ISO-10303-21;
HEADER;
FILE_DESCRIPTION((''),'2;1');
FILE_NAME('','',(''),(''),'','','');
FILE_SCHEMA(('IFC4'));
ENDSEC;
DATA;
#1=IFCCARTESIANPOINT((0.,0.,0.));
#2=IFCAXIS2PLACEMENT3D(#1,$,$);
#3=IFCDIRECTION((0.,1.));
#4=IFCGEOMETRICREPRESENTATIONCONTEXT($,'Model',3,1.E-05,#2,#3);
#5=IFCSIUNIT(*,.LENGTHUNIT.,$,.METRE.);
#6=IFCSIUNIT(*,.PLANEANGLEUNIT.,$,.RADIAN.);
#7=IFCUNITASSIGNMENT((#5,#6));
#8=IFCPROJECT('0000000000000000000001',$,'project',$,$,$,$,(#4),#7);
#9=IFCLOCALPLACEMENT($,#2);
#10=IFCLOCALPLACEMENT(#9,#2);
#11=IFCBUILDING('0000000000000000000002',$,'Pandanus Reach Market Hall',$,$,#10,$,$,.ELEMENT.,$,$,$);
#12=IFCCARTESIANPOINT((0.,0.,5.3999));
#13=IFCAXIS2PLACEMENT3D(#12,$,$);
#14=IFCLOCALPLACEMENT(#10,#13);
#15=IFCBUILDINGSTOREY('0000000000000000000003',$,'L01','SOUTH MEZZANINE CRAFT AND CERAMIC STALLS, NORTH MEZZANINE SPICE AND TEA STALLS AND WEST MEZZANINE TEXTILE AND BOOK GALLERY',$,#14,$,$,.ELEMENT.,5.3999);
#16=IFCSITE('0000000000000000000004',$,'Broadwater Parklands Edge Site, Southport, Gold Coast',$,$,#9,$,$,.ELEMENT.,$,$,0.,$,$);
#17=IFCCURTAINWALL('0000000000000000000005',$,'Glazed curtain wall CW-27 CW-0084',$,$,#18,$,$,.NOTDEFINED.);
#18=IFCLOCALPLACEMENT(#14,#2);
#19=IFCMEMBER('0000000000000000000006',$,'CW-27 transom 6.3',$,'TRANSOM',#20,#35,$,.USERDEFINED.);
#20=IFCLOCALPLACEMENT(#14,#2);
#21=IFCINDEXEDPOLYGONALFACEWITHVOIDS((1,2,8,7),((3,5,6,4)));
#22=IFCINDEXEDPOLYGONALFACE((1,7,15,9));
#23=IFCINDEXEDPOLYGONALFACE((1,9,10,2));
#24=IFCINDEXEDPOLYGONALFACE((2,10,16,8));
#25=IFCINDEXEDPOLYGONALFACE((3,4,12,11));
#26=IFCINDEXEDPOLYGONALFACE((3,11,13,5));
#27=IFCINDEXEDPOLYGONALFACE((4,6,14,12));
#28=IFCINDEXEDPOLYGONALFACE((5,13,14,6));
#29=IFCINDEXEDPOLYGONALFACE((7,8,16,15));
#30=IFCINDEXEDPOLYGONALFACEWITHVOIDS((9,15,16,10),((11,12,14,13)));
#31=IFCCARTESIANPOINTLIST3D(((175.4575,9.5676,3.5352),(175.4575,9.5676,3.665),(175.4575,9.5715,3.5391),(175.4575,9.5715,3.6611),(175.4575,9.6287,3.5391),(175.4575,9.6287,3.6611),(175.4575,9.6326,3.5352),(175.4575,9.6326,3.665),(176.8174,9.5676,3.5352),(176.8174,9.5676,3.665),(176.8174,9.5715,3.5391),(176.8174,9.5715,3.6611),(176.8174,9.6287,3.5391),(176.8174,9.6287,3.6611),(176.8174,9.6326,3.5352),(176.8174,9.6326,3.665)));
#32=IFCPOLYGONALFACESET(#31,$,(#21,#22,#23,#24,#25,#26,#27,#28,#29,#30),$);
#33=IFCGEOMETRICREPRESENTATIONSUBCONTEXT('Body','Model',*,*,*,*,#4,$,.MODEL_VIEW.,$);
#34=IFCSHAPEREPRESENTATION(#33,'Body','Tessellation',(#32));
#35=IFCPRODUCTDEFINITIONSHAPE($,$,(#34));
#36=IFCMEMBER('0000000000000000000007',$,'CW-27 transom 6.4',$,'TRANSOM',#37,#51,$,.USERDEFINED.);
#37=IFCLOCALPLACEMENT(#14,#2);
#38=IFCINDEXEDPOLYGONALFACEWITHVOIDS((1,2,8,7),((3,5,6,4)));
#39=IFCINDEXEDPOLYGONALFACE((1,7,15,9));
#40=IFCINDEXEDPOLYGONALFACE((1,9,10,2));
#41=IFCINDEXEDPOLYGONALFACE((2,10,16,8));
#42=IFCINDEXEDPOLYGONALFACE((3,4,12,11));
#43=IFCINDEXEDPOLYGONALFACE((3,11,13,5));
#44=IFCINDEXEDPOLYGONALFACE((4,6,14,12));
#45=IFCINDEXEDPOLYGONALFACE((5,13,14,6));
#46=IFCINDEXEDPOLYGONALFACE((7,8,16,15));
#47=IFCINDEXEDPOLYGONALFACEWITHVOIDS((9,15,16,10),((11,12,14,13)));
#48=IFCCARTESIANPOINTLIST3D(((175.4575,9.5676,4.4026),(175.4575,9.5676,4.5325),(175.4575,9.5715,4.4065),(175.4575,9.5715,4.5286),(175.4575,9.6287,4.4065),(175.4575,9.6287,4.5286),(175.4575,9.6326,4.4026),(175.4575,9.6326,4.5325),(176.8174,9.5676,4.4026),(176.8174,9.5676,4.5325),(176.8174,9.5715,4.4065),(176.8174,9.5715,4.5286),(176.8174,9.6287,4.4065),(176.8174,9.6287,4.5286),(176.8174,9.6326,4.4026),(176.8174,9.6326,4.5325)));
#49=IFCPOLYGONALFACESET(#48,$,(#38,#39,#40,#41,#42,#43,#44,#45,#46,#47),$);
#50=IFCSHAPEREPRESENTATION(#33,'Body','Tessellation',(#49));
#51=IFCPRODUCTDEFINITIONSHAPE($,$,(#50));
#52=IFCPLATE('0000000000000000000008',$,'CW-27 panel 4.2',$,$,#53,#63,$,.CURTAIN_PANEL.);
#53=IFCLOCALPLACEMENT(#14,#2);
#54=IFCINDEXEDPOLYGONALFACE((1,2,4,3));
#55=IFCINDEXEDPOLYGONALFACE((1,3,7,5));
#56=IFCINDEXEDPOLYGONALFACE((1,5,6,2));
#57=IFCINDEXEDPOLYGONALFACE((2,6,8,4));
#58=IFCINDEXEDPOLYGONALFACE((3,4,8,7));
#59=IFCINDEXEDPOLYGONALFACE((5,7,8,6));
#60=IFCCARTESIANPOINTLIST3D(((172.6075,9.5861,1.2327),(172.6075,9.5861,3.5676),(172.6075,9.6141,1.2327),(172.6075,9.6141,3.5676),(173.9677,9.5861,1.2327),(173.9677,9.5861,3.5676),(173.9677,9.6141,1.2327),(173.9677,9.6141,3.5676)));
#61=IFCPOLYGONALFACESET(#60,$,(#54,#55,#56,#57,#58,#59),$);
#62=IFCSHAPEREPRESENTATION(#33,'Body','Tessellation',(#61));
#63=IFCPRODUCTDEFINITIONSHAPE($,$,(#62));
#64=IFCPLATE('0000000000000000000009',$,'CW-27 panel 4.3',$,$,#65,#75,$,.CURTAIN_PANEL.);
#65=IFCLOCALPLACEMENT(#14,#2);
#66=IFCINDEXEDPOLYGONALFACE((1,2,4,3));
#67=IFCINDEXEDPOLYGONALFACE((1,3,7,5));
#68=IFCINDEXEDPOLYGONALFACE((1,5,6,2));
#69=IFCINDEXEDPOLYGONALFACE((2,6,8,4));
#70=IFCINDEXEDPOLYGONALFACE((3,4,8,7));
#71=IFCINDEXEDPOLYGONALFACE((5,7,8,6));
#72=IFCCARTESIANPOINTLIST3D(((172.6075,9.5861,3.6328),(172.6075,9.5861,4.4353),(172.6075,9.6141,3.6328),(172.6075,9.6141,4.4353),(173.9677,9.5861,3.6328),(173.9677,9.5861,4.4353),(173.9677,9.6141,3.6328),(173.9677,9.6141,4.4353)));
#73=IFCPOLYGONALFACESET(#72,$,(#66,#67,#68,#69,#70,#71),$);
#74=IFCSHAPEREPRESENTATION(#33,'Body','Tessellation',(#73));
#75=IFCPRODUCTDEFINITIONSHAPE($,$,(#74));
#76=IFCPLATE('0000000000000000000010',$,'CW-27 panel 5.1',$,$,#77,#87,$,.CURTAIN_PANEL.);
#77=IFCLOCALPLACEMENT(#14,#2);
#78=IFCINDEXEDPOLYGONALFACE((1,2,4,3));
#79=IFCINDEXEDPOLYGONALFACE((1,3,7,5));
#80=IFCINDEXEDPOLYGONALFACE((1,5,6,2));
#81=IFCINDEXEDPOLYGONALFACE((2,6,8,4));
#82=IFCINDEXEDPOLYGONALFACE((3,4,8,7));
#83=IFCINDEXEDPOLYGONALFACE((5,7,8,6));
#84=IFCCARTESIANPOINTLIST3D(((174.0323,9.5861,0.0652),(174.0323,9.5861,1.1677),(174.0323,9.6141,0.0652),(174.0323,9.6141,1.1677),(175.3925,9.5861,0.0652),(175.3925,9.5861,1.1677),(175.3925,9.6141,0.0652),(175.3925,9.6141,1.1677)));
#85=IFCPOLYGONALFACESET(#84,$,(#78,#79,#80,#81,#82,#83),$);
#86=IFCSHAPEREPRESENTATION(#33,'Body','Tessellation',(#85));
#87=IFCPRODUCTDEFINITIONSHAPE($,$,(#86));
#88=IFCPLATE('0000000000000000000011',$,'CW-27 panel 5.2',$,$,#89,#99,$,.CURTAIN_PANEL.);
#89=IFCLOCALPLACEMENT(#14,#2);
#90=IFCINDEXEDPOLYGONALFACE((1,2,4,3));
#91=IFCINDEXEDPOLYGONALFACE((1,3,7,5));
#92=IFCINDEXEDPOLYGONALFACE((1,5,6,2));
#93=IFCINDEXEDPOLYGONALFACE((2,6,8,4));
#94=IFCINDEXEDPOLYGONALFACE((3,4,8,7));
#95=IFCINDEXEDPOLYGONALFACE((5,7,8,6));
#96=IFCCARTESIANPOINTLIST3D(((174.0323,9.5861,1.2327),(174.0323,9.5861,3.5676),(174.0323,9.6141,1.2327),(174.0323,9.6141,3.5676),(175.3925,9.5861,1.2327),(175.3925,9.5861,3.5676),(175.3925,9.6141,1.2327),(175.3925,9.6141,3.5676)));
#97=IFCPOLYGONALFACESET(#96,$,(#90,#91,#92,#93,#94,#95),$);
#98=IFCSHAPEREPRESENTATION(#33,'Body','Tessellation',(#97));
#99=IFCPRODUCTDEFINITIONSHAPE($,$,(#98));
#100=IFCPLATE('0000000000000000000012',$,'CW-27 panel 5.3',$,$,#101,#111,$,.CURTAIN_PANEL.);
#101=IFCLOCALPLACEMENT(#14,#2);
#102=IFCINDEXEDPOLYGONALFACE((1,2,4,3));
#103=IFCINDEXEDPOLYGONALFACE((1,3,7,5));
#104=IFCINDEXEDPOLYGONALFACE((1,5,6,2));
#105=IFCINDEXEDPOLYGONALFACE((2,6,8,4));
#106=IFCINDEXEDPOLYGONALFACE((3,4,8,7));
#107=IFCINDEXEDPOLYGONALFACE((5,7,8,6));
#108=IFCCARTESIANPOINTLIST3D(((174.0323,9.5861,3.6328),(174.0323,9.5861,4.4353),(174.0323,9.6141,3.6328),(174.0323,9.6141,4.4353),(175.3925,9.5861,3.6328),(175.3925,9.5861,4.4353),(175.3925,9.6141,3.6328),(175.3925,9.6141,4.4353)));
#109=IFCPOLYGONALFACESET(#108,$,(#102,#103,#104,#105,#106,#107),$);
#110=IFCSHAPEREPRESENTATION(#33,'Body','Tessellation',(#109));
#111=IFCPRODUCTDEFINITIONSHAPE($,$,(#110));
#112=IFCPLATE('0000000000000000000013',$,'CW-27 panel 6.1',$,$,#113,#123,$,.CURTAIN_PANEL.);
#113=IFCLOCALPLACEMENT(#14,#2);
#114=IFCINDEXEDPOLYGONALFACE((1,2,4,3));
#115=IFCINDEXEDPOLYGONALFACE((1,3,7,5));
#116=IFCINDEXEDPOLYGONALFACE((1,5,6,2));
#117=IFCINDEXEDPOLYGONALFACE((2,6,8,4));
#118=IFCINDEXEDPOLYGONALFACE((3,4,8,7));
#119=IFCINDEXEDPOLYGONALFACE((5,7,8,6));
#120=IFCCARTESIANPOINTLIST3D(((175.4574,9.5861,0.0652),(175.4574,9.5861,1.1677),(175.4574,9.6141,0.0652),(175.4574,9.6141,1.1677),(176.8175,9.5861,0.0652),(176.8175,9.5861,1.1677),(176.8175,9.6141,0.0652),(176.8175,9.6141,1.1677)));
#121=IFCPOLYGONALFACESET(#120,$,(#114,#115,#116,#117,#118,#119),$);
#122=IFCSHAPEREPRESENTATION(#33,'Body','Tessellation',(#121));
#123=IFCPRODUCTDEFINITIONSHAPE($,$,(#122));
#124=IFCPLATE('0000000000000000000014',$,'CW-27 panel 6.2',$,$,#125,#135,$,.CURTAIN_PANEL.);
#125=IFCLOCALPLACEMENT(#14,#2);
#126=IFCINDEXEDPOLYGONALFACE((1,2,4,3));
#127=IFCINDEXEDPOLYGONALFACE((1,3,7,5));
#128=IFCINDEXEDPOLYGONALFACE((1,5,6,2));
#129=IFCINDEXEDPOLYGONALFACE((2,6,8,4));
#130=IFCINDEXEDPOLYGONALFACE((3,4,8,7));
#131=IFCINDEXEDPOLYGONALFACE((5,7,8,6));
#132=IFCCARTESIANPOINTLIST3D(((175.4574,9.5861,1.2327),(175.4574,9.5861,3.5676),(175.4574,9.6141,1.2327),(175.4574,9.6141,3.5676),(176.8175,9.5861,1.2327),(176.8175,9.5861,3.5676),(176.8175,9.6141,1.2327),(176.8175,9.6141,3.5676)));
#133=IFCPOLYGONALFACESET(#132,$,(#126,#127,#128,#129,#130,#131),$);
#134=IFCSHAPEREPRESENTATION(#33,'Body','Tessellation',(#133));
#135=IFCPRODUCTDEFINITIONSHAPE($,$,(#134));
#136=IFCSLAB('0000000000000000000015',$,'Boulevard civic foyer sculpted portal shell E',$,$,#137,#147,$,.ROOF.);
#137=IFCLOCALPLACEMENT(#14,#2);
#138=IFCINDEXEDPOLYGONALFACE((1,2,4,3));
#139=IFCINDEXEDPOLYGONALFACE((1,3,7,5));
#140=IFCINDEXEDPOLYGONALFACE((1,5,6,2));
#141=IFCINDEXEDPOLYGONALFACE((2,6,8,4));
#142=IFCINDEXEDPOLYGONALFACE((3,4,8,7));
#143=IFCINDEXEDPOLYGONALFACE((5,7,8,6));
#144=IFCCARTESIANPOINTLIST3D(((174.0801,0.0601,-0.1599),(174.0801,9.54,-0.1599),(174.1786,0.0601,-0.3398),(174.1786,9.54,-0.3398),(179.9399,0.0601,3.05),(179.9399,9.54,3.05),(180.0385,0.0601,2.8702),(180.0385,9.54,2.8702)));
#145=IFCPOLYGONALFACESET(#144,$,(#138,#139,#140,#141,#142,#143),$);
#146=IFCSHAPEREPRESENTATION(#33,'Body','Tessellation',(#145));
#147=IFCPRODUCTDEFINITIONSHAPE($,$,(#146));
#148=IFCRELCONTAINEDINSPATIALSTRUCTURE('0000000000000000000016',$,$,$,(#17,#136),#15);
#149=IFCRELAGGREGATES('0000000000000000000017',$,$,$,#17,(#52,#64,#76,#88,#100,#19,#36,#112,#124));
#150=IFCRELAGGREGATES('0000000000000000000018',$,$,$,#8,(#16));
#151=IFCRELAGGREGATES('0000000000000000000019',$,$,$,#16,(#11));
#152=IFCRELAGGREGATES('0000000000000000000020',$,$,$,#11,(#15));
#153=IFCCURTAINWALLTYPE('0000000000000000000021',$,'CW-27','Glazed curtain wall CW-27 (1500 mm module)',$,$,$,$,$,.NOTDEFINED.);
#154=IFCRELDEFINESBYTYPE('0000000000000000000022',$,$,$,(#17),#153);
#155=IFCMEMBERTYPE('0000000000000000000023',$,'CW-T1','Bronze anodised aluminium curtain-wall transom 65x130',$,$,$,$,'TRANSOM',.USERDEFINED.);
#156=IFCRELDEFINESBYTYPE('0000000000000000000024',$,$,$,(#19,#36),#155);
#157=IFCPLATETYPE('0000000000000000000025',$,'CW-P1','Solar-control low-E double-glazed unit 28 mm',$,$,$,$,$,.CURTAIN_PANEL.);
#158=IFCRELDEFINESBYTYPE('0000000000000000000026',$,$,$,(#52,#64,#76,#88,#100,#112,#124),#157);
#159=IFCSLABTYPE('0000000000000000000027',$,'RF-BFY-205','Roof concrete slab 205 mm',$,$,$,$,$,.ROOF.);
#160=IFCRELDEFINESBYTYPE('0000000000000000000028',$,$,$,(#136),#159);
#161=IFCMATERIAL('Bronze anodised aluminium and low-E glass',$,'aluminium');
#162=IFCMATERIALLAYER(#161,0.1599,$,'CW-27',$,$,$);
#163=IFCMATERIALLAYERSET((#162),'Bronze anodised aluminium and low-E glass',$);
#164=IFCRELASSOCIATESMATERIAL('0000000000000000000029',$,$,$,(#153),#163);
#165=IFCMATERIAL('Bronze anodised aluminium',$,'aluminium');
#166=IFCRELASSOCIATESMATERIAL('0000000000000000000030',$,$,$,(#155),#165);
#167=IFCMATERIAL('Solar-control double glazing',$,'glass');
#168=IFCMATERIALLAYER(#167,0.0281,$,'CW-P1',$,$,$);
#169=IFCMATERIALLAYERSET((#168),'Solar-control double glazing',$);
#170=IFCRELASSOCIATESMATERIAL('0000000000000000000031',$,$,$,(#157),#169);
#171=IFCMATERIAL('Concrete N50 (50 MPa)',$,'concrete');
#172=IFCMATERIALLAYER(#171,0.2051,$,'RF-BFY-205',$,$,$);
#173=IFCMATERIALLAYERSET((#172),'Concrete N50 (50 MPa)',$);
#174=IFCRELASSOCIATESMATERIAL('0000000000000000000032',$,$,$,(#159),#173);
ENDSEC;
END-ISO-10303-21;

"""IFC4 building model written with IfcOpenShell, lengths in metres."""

from ifc_helpers import new_model, si_unit, direction, frame, origin, origin_2d, place, context, subcontext, project, spatial, polyline, rectangle, hollow_rectangle, outline, extrude, material, layer, layer_set, material_profile, profile_set, type_object, element, aggregate, save


model = new_model("IFC4")

# Units and contexts
model_context = context("Model", 3, precision=1e-05, world=origin(), true_north=direction((0.0, 1.0)))
body_context = subcontext(model_context, "Body", "Model", "MODEL_VIEW")
ifc_project = project(units=[si_unit("LENGTHUNIT", "METRE"), si_unit("PLANEANGLEUNIT", "RADIAN")], contexts=[model_context])

# Site, building, storey
site_placement = place(None, origin())
site = spatial("IfcSite", under=ifc_project, at=site_placement, Name="Broadwater Parklands Edge Site, Southport, Gold Coast", CompositionType="ELEMENT", RefElevation=0.0)
building_placement = place(site_placement, origin())
building = spatial("IfcBuilding", under=site, at=building_placement, Name="Pandanus Reach Market Hall", CompositionType="ELEMENT")
storey_placement = place(building_placement, frame((0.0, 0.0, 5.3999)))
storey = spatial("IfcBuildingStorey", under=building, at=storey_placement, Name="L01", Description="SOUTH MEZZANINE CRAFT AND CERAMIC STALLS, NORTH MEZZANINE SPICE AND TEA STALLS AND WEST MEZZANINE TEXTILE AND BOOK GALLERY", CompositionType="ELEMENT", Elevation=5.3999)

# Curtain wall, members, plates
ifc_material_1 = material(Name="Bronze anodised aluminium and low-E glass", Category="aluminium")
ifc_layer_1 = layer(ifc_material_1, 0.1599, Name="CW-27")
ifc_layer_set_1 = layer_set([ifc_layer_1], Name="Bronze anodised aluminium and low-E glass")
curtain_wall_type = type_object("IfcCurtainWallType", Name="CW-27", Description="Glazed curtain wall CW-27 (1500 mm module)", PredefinedType="NOTDEFINED", material=ifc_layer_set_1)
curtain_wall_placement = place(storey_placement, origin())
curtain_wall = element("IfcCurtainWall", 1, at=curtain_wall_placement, inside=storey, type_object=curtain_wall_type, Name="Glazed curtain wall CW-27 CW-0084", PredefinedType="NOTDEFINED")
ifc_material_2 = material(Name="Bronze anodised aluminium", Category="aluminium")
ifc_material_profile_1 = material_profile(ifc_material_2, hollow_rectangle(XDim=0.0649, YDim=0.1299, WallThickness=0.0039, at=origin_2d()), Name="ALU65x130", Category="LoadBearing")
ifc_profile_set_1 = profile_set([ifc_material_profile_1], Name="Bronze anodised aluminium")
member_type_1 = type_object("IfcMemberType", Name="CW-T1", Description="Bronze anodised aluminium curtain-wall transom 65x130", ElementType="TRANSOM", PredefinedType="USERDEFINED", material=ifc_profile_set_1)
member_1_placement = place(storey_placement, frame((175.4575, 9.6001, 3.6001), z_axis=(1.0, 0.0, 0.0), x_axis=(0.0, 1.0, 0.0)))
member_1 = element("IfcMember", 2, at=member_1_placement, type_object=member_type_1, Name="CW-27 transom 6.3", ObjectType="TRANSOM", PredefinedType="USERDEFINED", context=body_context, shape_type="SweptSolid", body=[
    extrude(hollow_rectangle(XDim=0.0649, YDim=0.1299, WallThickness=0.0039, at=origin_2d()), origin(), (0.0, 0.0, 1.0), 1.3599),
])
member_2_placement = place(storey_placement, frame((175.4575, 9.6001, 4.4675), z_axis=(1.0, 0.0, 0.0), x_axis=(0.0, 1.0, 0.0)))
member_2 = element("IfcMember", 3, at=member_2_placement, type_object=member_type_1, Name="CW-27 transom 6.4", ObjectType="TRANSOM", PredefinedType="USERDEFINED", context=body_context, shape_type="SweptSolid", body=[
    extrude(hollow_rectangle(XDim=0.0649, YDim=0.1299, WallThickness=0.0039, at=origin_2d()), origin(), (0.0, 0.0, 1.0), 1.3599),
])
ifc_material_3 = material(Name="Solar-control double glazing", Category="glass")
ifc_layer_2 = layer(ifc_material_3, 0.0281, Name="CW-P1")
ifc_layer_set_2 = layer_set([ifc_layer_2], Name="Solar-control double glazing")
plate_type = type_object("IfcPlateType", Name="CW-P1", Description="Solar-control low-E double-glazed unit 28 mm", PredefinedType="CURTAIN_PANEL", material=ifc_layer_set_2)
plate_1_placement = place(storey_placement, frame((173.2876, 9.6001, 1.2327), z_axis=(0.0, 0.0, 1.0), x_axis=(1.0, 0.0, 0.0)))
plate_1 = element("IfcPlate", 4, at=plate_1_placement, type_object=plate_type, Name="CW-27 panel 4.2", PredefinedType="CURTAIN_PANEL", context=body_context, shape_type="SweptSolid", body=[
    extrude(rectangle(XDim=1.3601, YDim=0.0281, at=origin_2d()), origin(), (0.0, 0.0, 1.0), 2.335),
])
plate_2_placement = place(storey_placement, frame((173.2876, 9.6001, 3.6328), z_axis=(0.0, 0.0, 1.0), x_axis=(1.0, 0.0, 0.0)))
plate_2 = element("IfcPlate", 5, at=plate_2_placement, type_object=plate_type, Name="CW-27 panel 4.3", PredefinedType="CURTAIN_PANEL", context=body_context, shape_type="SweptSolid", body=[
    extrude(rectangle(XDim=1.3601, YDim=0.0281, at=origin_2d()), origin(), (0.0, 0.0, 1.0), 0.8025),
])
plate_3_placement = place(storey_placement, frame((174.7124, 9.6001, 0.0652), z_axis=(0.0, 0.0, 1.0), x_axis=(1.0, 0.0, 0.0)))
plate_3 = element("IfcPlate", 6, at=plate_3_placement, type_object=plate_type, Name="CW-27 panel 5.1", PredefinedType="CURTAIN_PANEL", context=body_context, shape_type="SweptSolid", body=[
    extrude(rectangle(XDim=1.3601, YDim=0.0281, at=origin_2d()), origin(), (0.0, 0.0, 1.0), 1.1025),
])
plate_4_placement = place(storey_placement, frame((174.7124, 9.6001, 1.2327), z_axis=(0.0, 0.0, 1.0), x_axis=(1.0, 0.0, 0.0)))
plate_4 = element("IfcPlate", 7, at=plate_4_placement, type_object=plate_type, Name="CW-27 panel 5.2", PredefinedType="CURTAIN_PANEL", context=body_context, shape_type="SweptSolid", body=[
    extrude(rectangle(XDim=1.3601, YDim=0.0281, at=origin_2d()), origin(), (0.0, 0.0, 1.0), 2.335),
])
plate_5_placement = place(storey_placement, frame((174.7124, 9.6001, 3.6328), z_axis=(0.0, 0.0, 1.0), x_axis=(1.0, 0.0, 0.0)))
plate_5 = element("IfcPlate", 8, at=plate_5_placement, type_object=plate_type, Name="CW-27 panel 5.3", PredefinedType="CURTAIN_PANEL", context=body_context, shape_type="SweptSolid", body=[
    extrude(rectangle(XDim=1.3601, YDim=0.0281, at=origin_2d()), origin(), (0.0, 0.0, 1.0), 0.8025),
])
plate_6_placement = place(storey_placement, frame((176.1375, 9.6001, 0.0652), z_axis=(0.0, 0.0, 1.0), x_axis=(1.0, 0.0, 0.0)))
plate_6 = element("IfcPlate", 9, at=plate_6_placement, type_object=plate_type, Name="CW-27 panel 6.1", PredefinedType="CURTAIN_PANEL", context=body_context, shape_type="SweptSolid", body=[
    extrude(rectangle(XDim=1.3601, YDim=0.0281, at=origin_2d()), origin(), (0.0, 0.0, 1.0), 1.1025),
])
plate_7_placement = place(storey_placement, frame((176.1375, 9.6001, 1.2327), z_axis=(0.0, 0.0, 1.0), x_axis=(1.0, 0.0, 0.0)))
plate_7 = element("IfcPlate", 10, at=plate_7_placement, type_object=plate_type, Name="CW-27 panel 6.2", PredefinedType="CURTAIN_PANEL", context=body_context, shape_type="SweptSolid", body=[
    extrude(rectangle(XDim=1.3601, YDim=0.0281, at=origin_2d()), origin(), (0.0, 0.0, 1.0), 2.335),
])
aggregate(curtain_wall, [plate_1, plate_2, plate_3, plate_4, plate_5, member_1, member_2, plate_6, plate_7])

# Slab
ifc_material_4 = material(Name="Concrete N50 (50 MPa)", Category="concrete")
ifc_layer_3 = layer(ifc_material_4, 0.2051, Name="RF-BFY-205")
ifc_layer_set_3 = layer_set([ifc_layer_3], Name="Concrete N50 (50 MPa)")
slab_type = type_object("IfcSlabType", Name="RF-BFY-205", Description="Roof concrete slab 205 mm", PredefinedType="ROOF", material=ifc_layer_set_3)
slab_placement = place(storey_placement, frame((174.0801, 0.0601, -0.1599), z_axis=(-0.480428, 0.0, 0.877034), x_axis=(0.877034, 0.0, 0.480428)))
element("IfcSlab", 11, at=slab_placement, inside=storey, type_object=slab_type, Name="Boulevard civic foyer sculpted portal shell E", PredefinedType="ROOF", context=body_context, shape_type="SweptSolid", body=[
    extrude(outline(polyline([(0.0, 0.0), (6.6815, 0.0), (6.6815, 9.48), (0.0, 9.48), (0.0, 0.0)])), origin(), (0.0, 0.0, -1.0), 0.2051),
])

save(model, "model.ifc")
